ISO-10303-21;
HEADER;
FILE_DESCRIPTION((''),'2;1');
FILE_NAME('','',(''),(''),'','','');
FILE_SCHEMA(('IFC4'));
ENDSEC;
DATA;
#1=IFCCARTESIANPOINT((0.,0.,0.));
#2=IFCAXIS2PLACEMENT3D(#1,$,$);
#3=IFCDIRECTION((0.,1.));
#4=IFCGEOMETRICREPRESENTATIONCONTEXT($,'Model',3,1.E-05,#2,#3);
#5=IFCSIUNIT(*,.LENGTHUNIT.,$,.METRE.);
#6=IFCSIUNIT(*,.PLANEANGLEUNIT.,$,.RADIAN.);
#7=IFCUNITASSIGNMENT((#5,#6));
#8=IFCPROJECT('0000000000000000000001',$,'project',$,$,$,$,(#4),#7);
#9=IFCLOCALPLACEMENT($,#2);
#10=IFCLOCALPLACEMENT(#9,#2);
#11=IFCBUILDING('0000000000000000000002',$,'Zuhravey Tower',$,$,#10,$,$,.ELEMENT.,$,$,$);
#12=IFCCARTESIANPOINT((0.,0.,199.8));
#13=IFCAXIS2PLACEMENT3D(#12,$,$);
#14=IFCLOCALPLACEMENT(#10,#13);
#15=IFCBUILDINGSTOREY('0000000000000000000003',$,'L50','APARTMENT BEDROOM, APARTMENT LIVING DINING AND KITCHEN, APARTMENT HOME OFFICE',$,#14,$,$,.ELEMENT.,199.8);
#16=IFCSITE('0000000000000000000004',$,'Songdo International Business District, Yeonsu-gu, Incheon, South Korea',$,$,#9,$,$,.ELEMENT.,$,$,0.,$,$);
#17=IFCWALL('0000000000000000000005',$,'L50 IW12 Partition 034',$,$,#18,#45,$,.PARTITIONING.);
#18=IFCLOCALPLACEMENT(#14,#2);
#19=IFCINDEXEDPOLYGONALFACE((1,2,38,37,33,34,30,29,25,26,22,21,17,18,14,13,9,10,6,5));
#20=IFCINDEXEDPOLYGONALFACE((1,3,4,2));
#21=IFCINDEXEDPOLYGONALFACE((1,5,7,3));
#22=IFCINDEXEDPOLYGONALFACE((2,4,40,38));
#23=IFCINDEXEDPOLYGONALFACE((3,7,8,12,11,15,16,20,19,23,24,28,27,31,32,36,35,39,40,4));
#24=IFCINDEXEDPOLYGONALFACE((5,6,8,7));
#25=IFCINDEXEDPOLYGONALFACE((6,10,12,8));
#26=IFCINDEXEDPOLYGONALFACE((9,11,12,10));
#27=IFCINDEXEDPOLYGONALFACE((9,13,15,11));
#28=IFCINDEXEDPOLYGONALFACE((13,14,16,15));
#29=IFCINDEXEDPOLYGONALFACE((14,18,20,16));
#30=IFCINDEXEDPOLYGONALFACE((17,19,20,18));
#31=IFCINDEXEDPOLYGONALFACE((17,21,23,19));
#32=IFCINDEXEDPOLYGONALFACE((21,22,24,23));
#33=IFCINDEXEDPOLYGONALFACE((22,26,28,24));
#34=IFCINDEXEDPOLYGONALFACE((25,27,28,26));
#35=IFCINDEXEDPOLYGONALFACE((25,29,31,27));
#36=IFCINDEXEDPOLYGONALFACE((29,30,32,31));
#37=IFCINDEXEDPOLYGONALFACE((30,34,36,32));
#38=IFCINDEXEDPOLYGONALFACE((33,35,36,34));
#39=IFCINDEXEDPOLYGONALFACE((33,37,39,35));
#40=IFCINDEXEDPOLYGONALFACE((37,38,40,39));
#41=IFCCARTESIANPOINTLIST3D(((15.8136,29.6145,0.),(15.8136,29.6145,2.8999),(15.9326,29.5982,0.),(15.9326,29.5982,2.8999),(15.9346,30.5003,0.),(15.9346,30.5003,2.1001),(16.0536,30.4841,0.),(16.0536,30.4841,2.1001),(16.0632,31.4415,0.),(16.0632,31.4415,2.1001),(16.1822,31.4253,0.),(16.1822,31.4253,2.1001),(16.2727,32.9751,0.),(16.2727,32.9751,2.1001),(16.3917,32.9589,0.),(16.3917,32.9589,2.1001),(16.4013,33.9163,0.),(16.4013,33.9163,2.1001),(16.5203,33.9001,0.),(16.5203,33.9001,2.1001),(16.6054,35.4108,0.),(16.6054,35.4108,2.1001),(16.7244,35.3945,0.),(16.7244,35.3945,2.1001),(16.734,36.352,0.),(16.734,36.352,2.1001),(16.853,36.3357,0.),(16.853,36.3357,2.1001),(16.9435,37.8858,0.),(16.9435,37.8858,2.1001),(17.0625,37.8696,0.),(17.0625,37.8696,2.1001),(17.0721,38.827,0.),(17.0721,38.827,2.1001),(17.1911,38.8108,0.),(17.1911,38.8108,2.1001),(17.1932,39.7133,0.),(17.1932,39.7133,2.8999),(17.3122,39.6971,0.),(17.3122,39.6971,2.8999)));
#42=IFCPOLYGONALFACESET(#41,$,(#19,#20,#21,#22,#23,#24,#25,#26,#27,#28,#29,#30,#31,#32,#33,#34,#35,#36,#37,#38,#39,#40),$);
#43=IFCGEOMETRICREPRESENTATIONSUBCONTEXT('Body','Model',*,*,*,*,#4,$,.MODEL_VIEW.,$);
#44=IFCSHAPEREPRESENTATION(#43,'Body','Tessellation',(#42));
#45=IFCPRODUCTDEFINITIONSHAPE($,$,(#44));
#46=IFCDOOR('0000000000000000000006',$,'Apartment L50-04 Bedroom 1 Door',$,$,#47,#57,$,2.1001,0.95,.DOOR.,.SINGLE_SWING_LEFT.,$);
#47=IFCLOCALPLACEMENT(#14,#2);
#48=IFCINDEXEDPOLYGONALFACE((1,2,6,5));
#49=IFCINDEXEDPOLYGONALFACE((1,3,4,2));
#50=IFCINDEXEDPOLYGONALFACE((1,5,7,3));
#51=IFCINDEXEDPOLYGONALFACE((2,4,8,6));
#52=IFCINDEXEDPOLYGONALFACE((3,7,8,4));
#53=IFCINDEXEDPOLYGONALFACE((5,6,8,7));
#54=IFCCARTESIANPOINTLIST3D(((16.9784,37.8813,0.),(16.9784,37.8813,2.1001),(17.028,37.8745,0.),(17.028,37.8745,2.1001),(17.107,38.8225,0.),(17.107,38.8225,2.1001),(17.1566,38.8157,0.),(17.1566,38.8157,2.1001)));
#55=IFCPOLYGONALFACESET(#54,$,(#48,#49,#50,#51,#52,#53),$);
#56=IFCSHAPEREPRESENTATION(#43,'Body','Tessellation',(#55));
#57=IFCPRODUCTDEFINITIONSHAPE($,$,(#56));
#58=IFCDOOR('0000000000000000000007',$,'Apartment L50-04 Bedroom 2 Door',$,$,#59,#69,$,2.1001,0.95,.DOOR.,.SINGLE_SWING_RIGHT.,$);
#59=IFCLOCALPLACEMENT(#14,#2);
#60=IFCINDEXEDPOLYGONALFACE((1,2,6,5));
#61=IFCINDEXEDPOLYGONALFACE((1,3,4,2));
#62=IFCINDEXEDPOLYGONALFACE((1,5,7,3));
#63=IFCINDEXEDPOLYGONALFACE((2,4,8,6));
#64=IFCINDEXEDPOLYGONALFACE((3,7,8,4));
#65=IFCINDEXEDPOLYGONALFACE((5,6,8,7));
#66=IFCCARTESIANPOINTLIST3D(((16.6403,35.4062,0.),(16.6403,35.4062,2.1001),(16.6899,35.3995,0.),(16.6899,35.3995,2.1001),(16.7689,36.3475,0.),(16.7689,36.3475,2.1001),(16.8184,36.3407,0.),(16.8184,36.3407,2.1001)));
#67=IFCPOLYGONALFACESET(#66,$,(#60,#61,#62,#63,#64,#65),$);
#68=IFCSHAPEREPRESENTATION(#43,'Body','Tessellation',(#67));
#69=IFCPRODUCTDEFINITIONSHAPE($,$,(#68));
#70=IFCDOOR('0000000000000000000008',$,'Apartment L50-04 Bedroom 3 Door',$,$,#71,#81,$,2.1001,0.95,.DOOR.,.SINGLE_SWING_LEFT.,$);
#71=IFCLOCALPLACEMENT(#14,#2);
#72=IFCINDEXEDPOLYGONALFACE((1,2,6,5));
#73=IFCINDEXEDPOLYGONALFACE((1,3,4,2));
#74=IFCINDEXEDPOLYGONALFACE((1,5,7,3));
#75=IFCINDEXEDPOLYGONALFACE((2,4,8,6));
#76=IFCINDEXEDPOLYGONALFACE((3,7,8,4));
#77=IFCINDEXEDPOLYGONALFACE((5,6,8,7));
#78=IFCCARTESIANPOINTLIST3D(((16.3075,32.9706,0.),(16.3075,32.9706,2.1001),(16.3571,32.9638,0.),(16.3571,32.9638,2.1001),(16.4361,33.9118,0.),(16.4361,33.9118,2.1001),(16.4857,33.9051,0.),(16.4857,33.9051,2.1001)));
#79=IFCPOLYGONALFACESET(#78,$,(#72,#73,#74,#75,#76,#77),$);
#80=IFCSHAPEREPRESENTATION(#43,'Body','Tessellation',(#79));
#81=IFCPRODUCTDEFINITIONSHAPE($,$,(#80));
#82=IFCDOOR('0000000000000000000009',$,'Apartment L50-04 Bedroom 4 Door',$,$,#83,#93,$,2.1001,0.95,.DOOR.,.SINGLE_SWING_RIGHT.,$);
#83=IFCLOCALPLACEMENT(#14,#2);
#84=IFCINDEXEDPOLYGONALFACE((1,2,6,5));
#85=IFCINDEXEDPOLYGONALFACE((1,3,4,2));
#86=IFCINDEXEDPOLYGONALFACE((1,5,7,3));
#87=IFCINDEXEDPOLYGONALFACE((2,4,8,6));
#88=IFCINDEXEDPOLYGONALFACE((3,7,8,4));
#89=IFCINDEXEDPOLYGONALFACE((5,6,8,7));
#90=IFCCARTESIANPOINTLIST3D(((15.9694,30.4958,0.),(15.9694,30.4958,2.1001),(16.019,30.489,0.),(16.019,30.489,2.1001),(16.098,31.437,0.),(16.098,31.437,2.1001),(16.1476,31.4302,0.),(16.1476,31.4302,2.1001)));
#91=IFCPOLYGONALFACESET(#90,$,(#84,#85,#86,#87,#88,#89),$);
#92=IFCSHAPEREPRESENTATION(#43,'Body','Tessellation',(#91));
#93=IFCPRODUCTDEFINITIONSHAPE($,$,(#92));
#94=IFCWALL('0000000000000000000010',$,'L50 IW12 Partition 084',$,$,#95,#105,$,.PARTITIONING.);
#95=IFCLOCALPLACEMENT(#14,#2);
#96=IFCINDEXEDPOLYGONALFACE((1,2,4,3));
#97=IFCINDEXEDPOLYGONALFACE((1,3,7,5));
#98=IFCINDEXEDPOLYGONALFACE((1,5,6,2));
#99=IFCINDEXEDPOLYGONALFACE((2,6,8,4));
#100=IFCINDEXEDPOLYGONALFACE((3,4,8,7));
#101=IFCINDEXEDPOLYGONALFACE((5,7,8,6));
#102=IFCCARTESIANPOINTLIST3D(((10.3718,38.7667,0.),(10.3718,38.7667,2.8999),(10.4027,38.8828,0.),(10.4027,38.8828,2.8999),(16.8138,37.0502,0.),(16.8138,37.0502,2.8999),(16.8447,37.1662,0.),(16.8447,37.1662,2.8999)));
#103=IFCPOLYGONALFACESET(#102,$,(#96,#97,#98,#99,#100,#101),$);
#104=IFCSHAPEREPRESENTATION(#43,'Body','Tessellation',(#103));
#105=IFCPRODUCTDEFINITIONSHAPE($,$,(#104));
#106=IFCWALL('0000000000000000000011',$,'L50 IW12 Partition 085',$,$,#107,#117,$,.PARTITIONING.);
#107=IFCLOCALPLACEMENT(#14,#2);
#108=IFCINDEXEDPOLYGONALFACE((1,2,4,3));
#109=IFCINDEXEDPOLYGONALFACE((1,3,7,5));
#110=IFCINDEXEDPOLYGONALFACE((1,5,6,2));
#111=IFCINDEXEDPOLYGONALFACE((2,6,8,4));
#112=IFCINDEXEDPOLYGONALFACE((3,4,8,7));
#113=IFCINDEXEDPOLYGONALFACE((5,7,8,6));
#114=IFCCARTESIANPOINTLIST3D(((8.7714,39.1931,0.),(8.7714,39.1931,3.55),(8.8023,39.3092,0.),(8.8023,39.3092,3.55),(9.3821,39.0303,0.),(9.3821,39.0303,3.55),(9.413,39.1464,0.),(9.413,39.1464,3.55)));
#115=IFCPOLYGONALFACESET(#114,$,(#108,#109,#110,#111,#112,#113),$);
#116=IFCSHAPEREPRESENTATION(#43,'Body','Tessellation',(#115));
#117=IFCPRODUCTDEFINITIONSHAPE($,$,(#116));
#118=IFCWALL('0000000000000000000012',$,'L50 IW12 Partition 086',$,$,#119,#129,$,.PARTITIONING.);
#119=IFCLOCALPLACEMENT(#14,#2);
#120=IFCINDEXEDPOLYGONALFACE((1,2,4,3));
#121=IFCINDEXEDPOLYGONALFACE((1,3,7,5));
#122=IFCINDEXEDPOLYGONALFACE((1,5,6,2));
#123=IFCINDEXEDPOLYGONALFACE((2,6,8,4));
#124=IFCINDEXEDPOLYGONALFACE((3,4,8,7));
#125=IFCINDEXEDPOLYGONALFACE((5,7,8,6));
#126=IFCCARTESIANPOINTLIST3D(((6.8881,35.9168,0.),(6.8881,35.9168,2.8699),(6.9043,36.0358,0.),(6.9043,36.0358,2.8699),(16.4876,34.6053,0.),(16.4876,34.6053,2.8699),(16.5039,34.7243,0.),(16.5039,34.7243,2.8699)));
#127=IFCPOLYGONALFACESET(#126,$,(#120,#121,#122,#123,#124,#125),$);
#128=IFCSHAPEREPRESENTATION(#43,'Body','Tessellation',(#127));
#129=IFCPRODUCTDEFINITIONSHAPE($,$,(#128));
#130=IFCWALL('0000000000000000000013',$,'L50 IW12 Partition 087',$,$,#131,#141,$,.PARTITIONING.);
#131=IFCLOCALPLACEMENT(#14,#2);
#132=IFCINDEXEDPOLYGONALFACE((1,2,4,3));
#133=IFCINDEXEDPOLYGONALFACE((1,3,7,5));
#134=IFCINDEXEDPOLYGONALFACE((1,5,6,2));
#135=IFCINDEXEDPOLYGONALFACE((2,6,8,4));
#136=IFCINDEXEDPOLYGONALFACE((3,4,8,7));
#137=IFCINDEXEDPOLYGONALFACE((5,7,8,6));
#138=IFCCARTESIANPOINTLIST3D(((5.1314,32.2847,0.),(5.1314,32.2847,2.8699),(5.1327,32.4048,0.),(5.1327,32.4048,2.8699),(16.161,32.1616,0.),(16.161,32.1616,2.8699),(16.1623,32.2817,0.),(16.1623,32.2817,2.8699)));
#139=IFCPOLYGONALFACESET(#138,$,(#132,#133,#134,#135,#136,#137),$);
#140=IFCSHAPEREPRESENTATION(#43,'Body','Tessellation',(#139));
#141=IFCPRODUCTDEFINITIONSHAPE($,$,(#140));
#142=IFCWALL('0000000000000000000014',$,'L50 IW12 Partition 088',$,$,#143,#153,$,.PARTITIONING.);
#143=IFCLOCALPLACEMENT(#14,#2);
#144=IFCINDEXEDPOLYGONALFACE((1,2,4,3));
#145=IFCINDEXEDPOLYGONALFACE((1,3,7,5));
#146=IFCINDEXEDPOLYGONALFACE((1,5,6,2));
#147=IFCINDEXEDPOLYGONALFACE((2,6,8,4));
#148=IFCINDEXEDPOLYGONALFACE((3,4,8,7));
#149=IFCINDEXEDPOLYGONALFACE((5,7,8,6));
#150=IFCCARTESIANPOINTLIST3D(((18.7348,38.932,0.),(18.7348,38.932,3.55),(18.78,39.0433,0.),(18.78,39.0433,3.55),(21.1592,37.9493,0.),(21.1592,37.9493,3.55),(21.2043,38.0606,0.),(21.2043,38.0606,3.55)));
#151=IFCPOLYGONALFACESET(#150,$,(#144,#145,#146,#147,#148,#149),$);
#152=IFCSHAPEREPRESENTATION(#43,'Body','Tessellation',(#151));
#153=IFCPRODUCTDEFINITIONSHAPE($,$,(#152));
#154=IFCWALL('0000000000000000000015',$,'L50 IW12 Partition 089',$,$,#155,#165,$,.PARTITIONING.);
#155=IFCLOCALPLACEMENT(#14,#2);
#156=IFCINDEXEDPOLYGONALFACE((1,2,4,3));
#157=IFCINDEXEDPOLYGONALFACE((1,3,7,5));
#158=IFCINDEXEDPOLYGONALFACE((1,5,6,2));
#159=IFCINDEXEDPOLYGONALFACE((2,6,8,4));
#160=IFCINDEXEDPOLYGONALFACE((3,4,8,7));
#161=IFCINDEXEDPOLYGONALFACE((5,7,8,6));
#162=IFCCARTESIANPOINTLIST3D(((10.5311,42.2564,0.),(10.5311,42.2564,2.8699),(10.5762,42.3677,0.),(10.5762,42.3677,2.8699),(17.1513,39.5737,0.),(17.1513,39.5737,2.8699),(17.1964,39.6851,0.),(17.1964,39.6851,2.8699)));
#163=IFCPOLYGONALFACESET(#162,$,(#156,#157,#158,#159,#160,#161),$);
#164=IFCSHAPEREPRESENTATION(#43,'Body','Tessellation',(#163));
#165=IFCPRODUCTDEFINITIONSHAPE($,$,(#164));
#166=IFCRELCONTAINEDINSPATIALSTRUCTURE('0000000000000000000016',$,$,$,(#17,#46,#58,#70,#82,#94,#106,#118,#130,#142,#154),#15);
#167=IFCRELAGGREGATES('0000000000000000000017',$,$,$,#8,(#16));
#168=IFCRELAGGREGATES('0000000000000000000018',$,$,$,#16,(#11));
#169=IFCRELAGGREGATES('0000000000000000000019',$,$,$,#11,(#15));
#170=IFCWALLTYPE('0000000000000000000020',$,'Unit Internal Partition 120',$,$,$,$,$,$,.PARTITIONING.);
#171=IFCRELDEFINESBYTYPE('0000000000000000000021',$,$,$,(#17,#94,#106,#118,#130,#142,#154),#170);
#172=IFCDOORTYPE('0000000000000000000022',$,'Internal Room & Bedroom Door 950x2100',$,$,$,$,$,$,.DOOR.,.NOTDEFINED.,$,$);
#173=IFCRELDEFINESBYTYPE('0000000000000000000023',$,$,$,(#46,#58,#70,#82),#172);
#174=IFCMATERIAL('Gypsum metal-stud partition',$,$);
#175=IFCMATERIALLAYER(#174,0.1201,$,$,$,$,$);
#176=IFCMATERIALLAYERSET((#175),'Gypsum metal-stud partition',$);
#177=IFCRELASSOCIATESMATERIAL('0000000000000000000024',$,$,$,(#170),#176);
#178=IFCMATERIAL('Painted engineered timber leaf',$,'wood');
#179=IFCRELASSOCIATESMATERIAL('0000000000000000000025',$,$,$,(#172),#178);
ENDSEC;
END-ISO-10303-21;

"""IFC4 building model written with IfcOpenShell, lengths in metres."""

from ifc_helpers import new_model, si_unit, direction, frame, frame_2d, origin, place, context, subcontext, project, spatial, rectangle, extrude, material, layer, layer_set, type_object, element, fill, save


model = new_model("IFC4")

# Units and contexts
model_context = context("Model", 3, precision=1e-05, world=origin(), true_north=direction((0.0, 1.0)))
body_context = subcontext(model_context, "Body", "Model", "MODEL_VIEW")
ifc_project = project(units=[si_unit("LENGTHUNIT", "METRE"), si_unit("PLANEANGLEUNIT", "RADIAN")], contexts=[model_context])

# Site, building, storey
site_placement = place(None, origin())
site = spatial("IfcSite", under=ifc_project, at=site_placement, Name="Songdo International Business District, Yeonsu-gu, Incheon, South Korea", CompositionType="ELEMENT", RefElevation=0.0)
building_placement = place(site_placement, origin())
building = spatial("IfcBuilding", under=site, at=building_placement, Name="Zuhravey Tower", CompositionType="ELEMENT")
storey_placement = place(building_placement, frame((0.0, 0.0, 199.8)))
storey = spatial("IfcBuildingStorey", under=building, at=storey_placement, Name="L50", Description="APARTMENT BEDROOM, APARTMENT LIVING DINING AND KITCHEN, APARTMENT HOME OFFICE", CompositionType="ELEMENT", Elevation=199.8)

# Wall, openings, doors
ifc_material_1 = material(Name="Gypsum metal-stud partition")
ifc_layer_1 = layer(ifc_material_1, 0.1201)
ifc_layer_set_1 = layer_set([ifc_layer_1], Name="Gypsum metal-stud partition")
wall_type_1 = type_object("IfcWallType", Name="Unit Internal Partition 120", PredefinedType="PARTITIONING", material=ifc_layer_set_1)
ifc_material_2 = material(Name="Painted engineered timber leaf", Category="wood")
door_type_1 = type_object("IfcDoorType", Name="Internal Room & Bedroom Door 950x2100", OperationType="NOTDEFINED", PredefinedType="DOOR", material=ifc_material_2)
wall_1_placement = place(storey_placement, frame((17.2527, 39.7051, 0.0), z_axis=(0.0, 0.0, 1.0), x_axis=(-0.135356, -0.990797, 0.0)))
wall_1 = element("IfcWall", 1, at=wall_1_placement, inside=storey, type_object=wall_type_1, Name="L50 IW12 Partition 034", PredefinedType="PARTITIONING", context=body_context, shape_type="SweptSolid", body=[
    extrude(rectangle(XDim=10.1926, YDim=0.1201, at=frame_2d((5.0962, 0.0))), origin(), (0.0, 0.0, 1.0), 2.8999),
])
opening_1_placement = place(wall_1_placement, frame((0.8943, 0.0, 0.0)))
opening_1 = element("IfcOpeningElement", 2, at=opening_1_placement, cuts=wall_1, PredefinedType="OPENING", context=body_context, shape_type="SweptSolid", body=[
    extrude(rectangle(XDim=0.95, YDim=2.1001, at=frame_2d((0.4751, 1.05))), frame((0.0, 0.072, 0.0), z_axis=(0.0, -1.0, 0.0), x_axis=(1.0, 0.0, 0.0)), (0.0, 0.0, 1.0), 0.144),
])
opening_2_placement = place(wall_1_placement, frame((3.3923, 0.0, 0.0)))
opening_2 = element("IfcOpeningElement", 3, at=opening_2_placement, cuts=wall_1, PredefinedType="OPENING", context=body_context, shape_type="SweptSolid", body=[
    extrude(rectangle(XDim=0.95, YDim=2.1001, at=frame_2d((0.4751, 1.05))), frame((0.0, 0.072, 0.0), z_axis=(0.0, -1.0, 0.0), x_axis=(1.0, 0.0, 0.0)), (0.0, 0.0, 1.0), 0.144),
])
opening_3_placement = place(wall_1_placement, frame((5.8506, 0.0, 0.0)))
opening_3 = element("IfcOpeningElement", 4, at=opening_3_placement, cuts=wall_1, PredefinedType="OPENING", context=body_context, shape_type="SweptSolid", body=[
    extrude(rectangle(XDim=0.95, YDim=2.1001, at=frame_2d((0.4751, 1.05))), frame((0.0, 0.072, 0.0), z_axis=(0.0, -1.0, 0.0), x_axis=(1.0, 0.0, 0.0)), (0.0, 0.0, 1.0), 0.144),
])
opening_4_placement = place(wall_1_placement, frame((8.3484, 0.0, 0.0)))
opening_4 = element("IfcOpeningElement", 5, at=opening_4_placement, cuts=wall_1, PredefinedType="OPENING", context=body_context, shape_type="SweptSolid", body=[
    extrude(rectangle(XDim=0.95, YDim=2.1001, at=frame_2d((0.4751, 1.05))), frame((0.0, 0.072, 0.0), z_axis=(0.0, -1.0, 0.0), x_axis=(1.0, 0.0, 0.0)), (0.0, 0.0, 1.0), 0.144),
])
door_1_placement = place(opening_1_placement, frame((0.95, 0.0, 0.0), z_axis=(0.0, 0.0, 1.0), x_axis=(-1.0, 0.0, 0.0)))
door_1 = element("IfcDoor", 6, at=door_1_placement, inside=storey, type_object=door_type_1, Name="Apartment L50-04 Bedroom 1 Door", OperationType="SINGLE_SWING_LEFT", OverallHeight=2.1001, OverallWidth=0.95, PredefinedType="DOOR", context=body_context, shape_type="SweptSolid", body=[
    extrude(rectangle(XDim=0.95, YDim=2.1001, at=frame_2d((0.4751, 1.05))), frame((0.0, 0.0249, 0.0), z_axis=(0.0, -1.0, 0.0), x_axis=(1.0, 0.0, 0.0)), (0.0, 0.0, 1.0), 0.05),
])
fill(opening_1, door_1)
door_2_placement = place(opening_2_placement, frame((0.95, 0.0, 0.0), z_axis=(0.0, 0.0, 1.0), x_axis=(-1.0, 0.0, 0.0)))
door_2 = element("IfcDoor", 7, at=door_2_placement, inside=storey, type_object=door_type_1, Name="Apartment L50-04 Bedroom 2 Door", OperationType="SINGLE_SWING_RIGHT", OverallHeight=2.1001, OverallWidth=0.95, PredefinedType="DOOR", context=body_context, shape_type="SweptSolid", body=[
    extrude(rectangle(XDim=0.95, YDim=2.1001, at=frame_2d((0.4751, 1.05))), frame((0.0, 0.0249, 0.0), z_axis=(0.0, -1.0, 0.0), x_axis=(1.0, 0.0, 0.0)), (0.0, 0.0, 1.0), 0.05),
])
fill(opening_2, door_2)
door_3_placement = place(opening_3_placement, frame((0.95, 0.0, 0.0), z_axis=(0.0, 0.0, 1.0), x_axis=(-1.0, 0.0, 0.0)))
door_3 = element("IfcDoor", 8, at=door_3_placement, inside=storey, type_object=door_type_1, Name="Apartment L50-04 Bedroom 3 Door", OperationType="SINGLE_SWING_LEFT", OverallHeight=2.1001, OverallWidth=0.95, PredefinedType="DOOR", context=body_context, shape_type="SweptSolid", body=[
    extrude(rectangle(XDim=0.95, YDim=2.1001, at=frame_2d((0.4751, 1.05))), frame((0.0, 0.0249, 0.0), z_axis=(0.0, -1.0, 0.0), x_axis=(1.0, 0.0, 0.0)), (0.0, 0.0, 1.0), 0.05),
])
fill(opening_3, door_3)
door_4_placement = place(opening_4_placement, frame((0.95, 0.0, 0.0), z_axis=(0.0, 0.0, 1.0), x_axis=(-1.0, 0.0, 0.0)))
door_4 = element("IfcDoor", 9, at=door_4_placement, inside=storey, type_object=door_type_1, Name="Apartment L50-04 Bedroom 4 Door", OperationType="SINGLE_SWING_RIGHT", OverallHeight=2.1001, OverallWidth=0.95, PredefinedType="DOOR", context=body_context, shape_type="SweptSolid", body=[
    extrude(rectangle(XDim=0.95, YDim=2.1001, at=frame_2d((0.4751, 1.05))), frame((0.0, 0.0249, 0.0), z_axis=(0.0, -1.0, 0.0), x_axis=(1.0, 0.0, 0.0)), (0.0, 0.0, 1.0), 0.05),
])
fill(opening_4, door_4)

# Walls
wall_2_placement = place(storey_placement, frame((16.8293, 37.1082, 0.0), z_axis=(0.0, 0.0, 1.0), x_axis=(-0.966283, 0.257483, 0.0)))
element("IfcWall", 10, at=wall_2_placement, inside=storey, type_object=wall_type_1, Name="L50 IW12 Partition 084", PredefinedType="PARTITIONING", context=body_context, shape_type="SweptSolid", body=[
    extrude(rectangle(XDim=6.6667, YDim=0.1201, at=frame_2d((3.3335, 0.0))), origin(), (0.0, 0.0, 1.0), 2.8999),
])
wall_3_placement = place(storey_placement, frame((9.3975, 39.0884, 0.0), z_axis=(0.0, 0.0, 1.0), x_axis=(-0.966254, 0.257591, 0.0)))
element("IfcWall", 11, at=wall_3_placement, inside=storey, type_object=wall_type_1, Name="L50 IW12 Partition 085", PredefinedType="PARTITIONING", context=body_context, shape_type="SweptSolid", body=[
    extrude(rectangle(XDim=0.6321, YDim=0.1201, at=frame_2d((0.3159, 0.0))), origin(), (0.0, 0.0, 1.0), 3.55),
])
wall_4_placement = place(storey_placement, frame((16.4956, 34.6648, 0.0), z_axis=(0.0, 0.0, 1.0), x_axis=(-0.990796, 0.135365, 0.0)))
element("IfcWall", 12, at=wall_4_placement, inside=storey, type_object=wall_type_1, Name="L50 IW12 Partition 086", PredefinedType="PARTITIONING", context=body_context, shape_type="SweptSolid", body=[
    extrude(rectangle(XDim=9.6887, YDim=0.1201, at=frame_2d((4.8442, 0.0))), origin(), (0.0, 0.0, 1.0), 2.8699),
])
wall_5_placement = place(storey_placement, frame((16.1616, 32.2217, 0.0), z_axis=(0.0, 0.0, 1.0), x_axis=(-0.999938, 0.011155, 0.0)))
element("IfcWall", 13, at=wall_5_placement, inside=storey, type_object=wall_type_1, Name="L50 IW12 Partition 087", PredefinedType="PARTITIONING", context=body_context, shape_type="SweptSolid", body=[
    extrude(rectangle(XDim=11.0303, YDim=0.1201, at=frame_2d((5.5151, 0.0))), origin(), (0.0, 0.0, 1.0), 2.8699),
])
wall_6_placement = place(storey_placement, frame((21.1819, 38.0049, 0.0), z_axis=(0.0, 0.0, 1.0), x_axis=(-0.926761, 0.375651, 0.0)))
element("IfcWall", 14, at=wall_6_placement, inside=storey, type_object=wall_type_1, Name="L50 IW12 Partition 088", PredefinedType="PARTITIONING", context=body_context, shape_type="SweptSolid", body=[
    extrude(rectangle(XDim=2.616, YDim=0.1201, at=frame_2d((1.3081, 0.0))), origin(), (0.0, 0.0, 1.0), 3.55),
])
wall_7_placement = place(storey_placement, frame((17.1738, 39.6294, 0.0), z_axis=(0.0, 0.0, 1.0), x_axis=(-0.926798, 0.375559, 0.0)))
element("IfcWall", 15, at=wall_7_placement, inside=storey, type_object=wall_type_1, Name="L50 IW12 Partition 089", PredefinedType="PARTITIONING", context=body_context, shape_type="SweptSolid", body=[
    extrude(rectangle(XDim=7.1431, YDim=0.1201, at=frame_2d((3.5715, 0.0))), origin(), (0.0, 0.0, 1.0), 2.8699),
])

save(model, "model.ifc")
